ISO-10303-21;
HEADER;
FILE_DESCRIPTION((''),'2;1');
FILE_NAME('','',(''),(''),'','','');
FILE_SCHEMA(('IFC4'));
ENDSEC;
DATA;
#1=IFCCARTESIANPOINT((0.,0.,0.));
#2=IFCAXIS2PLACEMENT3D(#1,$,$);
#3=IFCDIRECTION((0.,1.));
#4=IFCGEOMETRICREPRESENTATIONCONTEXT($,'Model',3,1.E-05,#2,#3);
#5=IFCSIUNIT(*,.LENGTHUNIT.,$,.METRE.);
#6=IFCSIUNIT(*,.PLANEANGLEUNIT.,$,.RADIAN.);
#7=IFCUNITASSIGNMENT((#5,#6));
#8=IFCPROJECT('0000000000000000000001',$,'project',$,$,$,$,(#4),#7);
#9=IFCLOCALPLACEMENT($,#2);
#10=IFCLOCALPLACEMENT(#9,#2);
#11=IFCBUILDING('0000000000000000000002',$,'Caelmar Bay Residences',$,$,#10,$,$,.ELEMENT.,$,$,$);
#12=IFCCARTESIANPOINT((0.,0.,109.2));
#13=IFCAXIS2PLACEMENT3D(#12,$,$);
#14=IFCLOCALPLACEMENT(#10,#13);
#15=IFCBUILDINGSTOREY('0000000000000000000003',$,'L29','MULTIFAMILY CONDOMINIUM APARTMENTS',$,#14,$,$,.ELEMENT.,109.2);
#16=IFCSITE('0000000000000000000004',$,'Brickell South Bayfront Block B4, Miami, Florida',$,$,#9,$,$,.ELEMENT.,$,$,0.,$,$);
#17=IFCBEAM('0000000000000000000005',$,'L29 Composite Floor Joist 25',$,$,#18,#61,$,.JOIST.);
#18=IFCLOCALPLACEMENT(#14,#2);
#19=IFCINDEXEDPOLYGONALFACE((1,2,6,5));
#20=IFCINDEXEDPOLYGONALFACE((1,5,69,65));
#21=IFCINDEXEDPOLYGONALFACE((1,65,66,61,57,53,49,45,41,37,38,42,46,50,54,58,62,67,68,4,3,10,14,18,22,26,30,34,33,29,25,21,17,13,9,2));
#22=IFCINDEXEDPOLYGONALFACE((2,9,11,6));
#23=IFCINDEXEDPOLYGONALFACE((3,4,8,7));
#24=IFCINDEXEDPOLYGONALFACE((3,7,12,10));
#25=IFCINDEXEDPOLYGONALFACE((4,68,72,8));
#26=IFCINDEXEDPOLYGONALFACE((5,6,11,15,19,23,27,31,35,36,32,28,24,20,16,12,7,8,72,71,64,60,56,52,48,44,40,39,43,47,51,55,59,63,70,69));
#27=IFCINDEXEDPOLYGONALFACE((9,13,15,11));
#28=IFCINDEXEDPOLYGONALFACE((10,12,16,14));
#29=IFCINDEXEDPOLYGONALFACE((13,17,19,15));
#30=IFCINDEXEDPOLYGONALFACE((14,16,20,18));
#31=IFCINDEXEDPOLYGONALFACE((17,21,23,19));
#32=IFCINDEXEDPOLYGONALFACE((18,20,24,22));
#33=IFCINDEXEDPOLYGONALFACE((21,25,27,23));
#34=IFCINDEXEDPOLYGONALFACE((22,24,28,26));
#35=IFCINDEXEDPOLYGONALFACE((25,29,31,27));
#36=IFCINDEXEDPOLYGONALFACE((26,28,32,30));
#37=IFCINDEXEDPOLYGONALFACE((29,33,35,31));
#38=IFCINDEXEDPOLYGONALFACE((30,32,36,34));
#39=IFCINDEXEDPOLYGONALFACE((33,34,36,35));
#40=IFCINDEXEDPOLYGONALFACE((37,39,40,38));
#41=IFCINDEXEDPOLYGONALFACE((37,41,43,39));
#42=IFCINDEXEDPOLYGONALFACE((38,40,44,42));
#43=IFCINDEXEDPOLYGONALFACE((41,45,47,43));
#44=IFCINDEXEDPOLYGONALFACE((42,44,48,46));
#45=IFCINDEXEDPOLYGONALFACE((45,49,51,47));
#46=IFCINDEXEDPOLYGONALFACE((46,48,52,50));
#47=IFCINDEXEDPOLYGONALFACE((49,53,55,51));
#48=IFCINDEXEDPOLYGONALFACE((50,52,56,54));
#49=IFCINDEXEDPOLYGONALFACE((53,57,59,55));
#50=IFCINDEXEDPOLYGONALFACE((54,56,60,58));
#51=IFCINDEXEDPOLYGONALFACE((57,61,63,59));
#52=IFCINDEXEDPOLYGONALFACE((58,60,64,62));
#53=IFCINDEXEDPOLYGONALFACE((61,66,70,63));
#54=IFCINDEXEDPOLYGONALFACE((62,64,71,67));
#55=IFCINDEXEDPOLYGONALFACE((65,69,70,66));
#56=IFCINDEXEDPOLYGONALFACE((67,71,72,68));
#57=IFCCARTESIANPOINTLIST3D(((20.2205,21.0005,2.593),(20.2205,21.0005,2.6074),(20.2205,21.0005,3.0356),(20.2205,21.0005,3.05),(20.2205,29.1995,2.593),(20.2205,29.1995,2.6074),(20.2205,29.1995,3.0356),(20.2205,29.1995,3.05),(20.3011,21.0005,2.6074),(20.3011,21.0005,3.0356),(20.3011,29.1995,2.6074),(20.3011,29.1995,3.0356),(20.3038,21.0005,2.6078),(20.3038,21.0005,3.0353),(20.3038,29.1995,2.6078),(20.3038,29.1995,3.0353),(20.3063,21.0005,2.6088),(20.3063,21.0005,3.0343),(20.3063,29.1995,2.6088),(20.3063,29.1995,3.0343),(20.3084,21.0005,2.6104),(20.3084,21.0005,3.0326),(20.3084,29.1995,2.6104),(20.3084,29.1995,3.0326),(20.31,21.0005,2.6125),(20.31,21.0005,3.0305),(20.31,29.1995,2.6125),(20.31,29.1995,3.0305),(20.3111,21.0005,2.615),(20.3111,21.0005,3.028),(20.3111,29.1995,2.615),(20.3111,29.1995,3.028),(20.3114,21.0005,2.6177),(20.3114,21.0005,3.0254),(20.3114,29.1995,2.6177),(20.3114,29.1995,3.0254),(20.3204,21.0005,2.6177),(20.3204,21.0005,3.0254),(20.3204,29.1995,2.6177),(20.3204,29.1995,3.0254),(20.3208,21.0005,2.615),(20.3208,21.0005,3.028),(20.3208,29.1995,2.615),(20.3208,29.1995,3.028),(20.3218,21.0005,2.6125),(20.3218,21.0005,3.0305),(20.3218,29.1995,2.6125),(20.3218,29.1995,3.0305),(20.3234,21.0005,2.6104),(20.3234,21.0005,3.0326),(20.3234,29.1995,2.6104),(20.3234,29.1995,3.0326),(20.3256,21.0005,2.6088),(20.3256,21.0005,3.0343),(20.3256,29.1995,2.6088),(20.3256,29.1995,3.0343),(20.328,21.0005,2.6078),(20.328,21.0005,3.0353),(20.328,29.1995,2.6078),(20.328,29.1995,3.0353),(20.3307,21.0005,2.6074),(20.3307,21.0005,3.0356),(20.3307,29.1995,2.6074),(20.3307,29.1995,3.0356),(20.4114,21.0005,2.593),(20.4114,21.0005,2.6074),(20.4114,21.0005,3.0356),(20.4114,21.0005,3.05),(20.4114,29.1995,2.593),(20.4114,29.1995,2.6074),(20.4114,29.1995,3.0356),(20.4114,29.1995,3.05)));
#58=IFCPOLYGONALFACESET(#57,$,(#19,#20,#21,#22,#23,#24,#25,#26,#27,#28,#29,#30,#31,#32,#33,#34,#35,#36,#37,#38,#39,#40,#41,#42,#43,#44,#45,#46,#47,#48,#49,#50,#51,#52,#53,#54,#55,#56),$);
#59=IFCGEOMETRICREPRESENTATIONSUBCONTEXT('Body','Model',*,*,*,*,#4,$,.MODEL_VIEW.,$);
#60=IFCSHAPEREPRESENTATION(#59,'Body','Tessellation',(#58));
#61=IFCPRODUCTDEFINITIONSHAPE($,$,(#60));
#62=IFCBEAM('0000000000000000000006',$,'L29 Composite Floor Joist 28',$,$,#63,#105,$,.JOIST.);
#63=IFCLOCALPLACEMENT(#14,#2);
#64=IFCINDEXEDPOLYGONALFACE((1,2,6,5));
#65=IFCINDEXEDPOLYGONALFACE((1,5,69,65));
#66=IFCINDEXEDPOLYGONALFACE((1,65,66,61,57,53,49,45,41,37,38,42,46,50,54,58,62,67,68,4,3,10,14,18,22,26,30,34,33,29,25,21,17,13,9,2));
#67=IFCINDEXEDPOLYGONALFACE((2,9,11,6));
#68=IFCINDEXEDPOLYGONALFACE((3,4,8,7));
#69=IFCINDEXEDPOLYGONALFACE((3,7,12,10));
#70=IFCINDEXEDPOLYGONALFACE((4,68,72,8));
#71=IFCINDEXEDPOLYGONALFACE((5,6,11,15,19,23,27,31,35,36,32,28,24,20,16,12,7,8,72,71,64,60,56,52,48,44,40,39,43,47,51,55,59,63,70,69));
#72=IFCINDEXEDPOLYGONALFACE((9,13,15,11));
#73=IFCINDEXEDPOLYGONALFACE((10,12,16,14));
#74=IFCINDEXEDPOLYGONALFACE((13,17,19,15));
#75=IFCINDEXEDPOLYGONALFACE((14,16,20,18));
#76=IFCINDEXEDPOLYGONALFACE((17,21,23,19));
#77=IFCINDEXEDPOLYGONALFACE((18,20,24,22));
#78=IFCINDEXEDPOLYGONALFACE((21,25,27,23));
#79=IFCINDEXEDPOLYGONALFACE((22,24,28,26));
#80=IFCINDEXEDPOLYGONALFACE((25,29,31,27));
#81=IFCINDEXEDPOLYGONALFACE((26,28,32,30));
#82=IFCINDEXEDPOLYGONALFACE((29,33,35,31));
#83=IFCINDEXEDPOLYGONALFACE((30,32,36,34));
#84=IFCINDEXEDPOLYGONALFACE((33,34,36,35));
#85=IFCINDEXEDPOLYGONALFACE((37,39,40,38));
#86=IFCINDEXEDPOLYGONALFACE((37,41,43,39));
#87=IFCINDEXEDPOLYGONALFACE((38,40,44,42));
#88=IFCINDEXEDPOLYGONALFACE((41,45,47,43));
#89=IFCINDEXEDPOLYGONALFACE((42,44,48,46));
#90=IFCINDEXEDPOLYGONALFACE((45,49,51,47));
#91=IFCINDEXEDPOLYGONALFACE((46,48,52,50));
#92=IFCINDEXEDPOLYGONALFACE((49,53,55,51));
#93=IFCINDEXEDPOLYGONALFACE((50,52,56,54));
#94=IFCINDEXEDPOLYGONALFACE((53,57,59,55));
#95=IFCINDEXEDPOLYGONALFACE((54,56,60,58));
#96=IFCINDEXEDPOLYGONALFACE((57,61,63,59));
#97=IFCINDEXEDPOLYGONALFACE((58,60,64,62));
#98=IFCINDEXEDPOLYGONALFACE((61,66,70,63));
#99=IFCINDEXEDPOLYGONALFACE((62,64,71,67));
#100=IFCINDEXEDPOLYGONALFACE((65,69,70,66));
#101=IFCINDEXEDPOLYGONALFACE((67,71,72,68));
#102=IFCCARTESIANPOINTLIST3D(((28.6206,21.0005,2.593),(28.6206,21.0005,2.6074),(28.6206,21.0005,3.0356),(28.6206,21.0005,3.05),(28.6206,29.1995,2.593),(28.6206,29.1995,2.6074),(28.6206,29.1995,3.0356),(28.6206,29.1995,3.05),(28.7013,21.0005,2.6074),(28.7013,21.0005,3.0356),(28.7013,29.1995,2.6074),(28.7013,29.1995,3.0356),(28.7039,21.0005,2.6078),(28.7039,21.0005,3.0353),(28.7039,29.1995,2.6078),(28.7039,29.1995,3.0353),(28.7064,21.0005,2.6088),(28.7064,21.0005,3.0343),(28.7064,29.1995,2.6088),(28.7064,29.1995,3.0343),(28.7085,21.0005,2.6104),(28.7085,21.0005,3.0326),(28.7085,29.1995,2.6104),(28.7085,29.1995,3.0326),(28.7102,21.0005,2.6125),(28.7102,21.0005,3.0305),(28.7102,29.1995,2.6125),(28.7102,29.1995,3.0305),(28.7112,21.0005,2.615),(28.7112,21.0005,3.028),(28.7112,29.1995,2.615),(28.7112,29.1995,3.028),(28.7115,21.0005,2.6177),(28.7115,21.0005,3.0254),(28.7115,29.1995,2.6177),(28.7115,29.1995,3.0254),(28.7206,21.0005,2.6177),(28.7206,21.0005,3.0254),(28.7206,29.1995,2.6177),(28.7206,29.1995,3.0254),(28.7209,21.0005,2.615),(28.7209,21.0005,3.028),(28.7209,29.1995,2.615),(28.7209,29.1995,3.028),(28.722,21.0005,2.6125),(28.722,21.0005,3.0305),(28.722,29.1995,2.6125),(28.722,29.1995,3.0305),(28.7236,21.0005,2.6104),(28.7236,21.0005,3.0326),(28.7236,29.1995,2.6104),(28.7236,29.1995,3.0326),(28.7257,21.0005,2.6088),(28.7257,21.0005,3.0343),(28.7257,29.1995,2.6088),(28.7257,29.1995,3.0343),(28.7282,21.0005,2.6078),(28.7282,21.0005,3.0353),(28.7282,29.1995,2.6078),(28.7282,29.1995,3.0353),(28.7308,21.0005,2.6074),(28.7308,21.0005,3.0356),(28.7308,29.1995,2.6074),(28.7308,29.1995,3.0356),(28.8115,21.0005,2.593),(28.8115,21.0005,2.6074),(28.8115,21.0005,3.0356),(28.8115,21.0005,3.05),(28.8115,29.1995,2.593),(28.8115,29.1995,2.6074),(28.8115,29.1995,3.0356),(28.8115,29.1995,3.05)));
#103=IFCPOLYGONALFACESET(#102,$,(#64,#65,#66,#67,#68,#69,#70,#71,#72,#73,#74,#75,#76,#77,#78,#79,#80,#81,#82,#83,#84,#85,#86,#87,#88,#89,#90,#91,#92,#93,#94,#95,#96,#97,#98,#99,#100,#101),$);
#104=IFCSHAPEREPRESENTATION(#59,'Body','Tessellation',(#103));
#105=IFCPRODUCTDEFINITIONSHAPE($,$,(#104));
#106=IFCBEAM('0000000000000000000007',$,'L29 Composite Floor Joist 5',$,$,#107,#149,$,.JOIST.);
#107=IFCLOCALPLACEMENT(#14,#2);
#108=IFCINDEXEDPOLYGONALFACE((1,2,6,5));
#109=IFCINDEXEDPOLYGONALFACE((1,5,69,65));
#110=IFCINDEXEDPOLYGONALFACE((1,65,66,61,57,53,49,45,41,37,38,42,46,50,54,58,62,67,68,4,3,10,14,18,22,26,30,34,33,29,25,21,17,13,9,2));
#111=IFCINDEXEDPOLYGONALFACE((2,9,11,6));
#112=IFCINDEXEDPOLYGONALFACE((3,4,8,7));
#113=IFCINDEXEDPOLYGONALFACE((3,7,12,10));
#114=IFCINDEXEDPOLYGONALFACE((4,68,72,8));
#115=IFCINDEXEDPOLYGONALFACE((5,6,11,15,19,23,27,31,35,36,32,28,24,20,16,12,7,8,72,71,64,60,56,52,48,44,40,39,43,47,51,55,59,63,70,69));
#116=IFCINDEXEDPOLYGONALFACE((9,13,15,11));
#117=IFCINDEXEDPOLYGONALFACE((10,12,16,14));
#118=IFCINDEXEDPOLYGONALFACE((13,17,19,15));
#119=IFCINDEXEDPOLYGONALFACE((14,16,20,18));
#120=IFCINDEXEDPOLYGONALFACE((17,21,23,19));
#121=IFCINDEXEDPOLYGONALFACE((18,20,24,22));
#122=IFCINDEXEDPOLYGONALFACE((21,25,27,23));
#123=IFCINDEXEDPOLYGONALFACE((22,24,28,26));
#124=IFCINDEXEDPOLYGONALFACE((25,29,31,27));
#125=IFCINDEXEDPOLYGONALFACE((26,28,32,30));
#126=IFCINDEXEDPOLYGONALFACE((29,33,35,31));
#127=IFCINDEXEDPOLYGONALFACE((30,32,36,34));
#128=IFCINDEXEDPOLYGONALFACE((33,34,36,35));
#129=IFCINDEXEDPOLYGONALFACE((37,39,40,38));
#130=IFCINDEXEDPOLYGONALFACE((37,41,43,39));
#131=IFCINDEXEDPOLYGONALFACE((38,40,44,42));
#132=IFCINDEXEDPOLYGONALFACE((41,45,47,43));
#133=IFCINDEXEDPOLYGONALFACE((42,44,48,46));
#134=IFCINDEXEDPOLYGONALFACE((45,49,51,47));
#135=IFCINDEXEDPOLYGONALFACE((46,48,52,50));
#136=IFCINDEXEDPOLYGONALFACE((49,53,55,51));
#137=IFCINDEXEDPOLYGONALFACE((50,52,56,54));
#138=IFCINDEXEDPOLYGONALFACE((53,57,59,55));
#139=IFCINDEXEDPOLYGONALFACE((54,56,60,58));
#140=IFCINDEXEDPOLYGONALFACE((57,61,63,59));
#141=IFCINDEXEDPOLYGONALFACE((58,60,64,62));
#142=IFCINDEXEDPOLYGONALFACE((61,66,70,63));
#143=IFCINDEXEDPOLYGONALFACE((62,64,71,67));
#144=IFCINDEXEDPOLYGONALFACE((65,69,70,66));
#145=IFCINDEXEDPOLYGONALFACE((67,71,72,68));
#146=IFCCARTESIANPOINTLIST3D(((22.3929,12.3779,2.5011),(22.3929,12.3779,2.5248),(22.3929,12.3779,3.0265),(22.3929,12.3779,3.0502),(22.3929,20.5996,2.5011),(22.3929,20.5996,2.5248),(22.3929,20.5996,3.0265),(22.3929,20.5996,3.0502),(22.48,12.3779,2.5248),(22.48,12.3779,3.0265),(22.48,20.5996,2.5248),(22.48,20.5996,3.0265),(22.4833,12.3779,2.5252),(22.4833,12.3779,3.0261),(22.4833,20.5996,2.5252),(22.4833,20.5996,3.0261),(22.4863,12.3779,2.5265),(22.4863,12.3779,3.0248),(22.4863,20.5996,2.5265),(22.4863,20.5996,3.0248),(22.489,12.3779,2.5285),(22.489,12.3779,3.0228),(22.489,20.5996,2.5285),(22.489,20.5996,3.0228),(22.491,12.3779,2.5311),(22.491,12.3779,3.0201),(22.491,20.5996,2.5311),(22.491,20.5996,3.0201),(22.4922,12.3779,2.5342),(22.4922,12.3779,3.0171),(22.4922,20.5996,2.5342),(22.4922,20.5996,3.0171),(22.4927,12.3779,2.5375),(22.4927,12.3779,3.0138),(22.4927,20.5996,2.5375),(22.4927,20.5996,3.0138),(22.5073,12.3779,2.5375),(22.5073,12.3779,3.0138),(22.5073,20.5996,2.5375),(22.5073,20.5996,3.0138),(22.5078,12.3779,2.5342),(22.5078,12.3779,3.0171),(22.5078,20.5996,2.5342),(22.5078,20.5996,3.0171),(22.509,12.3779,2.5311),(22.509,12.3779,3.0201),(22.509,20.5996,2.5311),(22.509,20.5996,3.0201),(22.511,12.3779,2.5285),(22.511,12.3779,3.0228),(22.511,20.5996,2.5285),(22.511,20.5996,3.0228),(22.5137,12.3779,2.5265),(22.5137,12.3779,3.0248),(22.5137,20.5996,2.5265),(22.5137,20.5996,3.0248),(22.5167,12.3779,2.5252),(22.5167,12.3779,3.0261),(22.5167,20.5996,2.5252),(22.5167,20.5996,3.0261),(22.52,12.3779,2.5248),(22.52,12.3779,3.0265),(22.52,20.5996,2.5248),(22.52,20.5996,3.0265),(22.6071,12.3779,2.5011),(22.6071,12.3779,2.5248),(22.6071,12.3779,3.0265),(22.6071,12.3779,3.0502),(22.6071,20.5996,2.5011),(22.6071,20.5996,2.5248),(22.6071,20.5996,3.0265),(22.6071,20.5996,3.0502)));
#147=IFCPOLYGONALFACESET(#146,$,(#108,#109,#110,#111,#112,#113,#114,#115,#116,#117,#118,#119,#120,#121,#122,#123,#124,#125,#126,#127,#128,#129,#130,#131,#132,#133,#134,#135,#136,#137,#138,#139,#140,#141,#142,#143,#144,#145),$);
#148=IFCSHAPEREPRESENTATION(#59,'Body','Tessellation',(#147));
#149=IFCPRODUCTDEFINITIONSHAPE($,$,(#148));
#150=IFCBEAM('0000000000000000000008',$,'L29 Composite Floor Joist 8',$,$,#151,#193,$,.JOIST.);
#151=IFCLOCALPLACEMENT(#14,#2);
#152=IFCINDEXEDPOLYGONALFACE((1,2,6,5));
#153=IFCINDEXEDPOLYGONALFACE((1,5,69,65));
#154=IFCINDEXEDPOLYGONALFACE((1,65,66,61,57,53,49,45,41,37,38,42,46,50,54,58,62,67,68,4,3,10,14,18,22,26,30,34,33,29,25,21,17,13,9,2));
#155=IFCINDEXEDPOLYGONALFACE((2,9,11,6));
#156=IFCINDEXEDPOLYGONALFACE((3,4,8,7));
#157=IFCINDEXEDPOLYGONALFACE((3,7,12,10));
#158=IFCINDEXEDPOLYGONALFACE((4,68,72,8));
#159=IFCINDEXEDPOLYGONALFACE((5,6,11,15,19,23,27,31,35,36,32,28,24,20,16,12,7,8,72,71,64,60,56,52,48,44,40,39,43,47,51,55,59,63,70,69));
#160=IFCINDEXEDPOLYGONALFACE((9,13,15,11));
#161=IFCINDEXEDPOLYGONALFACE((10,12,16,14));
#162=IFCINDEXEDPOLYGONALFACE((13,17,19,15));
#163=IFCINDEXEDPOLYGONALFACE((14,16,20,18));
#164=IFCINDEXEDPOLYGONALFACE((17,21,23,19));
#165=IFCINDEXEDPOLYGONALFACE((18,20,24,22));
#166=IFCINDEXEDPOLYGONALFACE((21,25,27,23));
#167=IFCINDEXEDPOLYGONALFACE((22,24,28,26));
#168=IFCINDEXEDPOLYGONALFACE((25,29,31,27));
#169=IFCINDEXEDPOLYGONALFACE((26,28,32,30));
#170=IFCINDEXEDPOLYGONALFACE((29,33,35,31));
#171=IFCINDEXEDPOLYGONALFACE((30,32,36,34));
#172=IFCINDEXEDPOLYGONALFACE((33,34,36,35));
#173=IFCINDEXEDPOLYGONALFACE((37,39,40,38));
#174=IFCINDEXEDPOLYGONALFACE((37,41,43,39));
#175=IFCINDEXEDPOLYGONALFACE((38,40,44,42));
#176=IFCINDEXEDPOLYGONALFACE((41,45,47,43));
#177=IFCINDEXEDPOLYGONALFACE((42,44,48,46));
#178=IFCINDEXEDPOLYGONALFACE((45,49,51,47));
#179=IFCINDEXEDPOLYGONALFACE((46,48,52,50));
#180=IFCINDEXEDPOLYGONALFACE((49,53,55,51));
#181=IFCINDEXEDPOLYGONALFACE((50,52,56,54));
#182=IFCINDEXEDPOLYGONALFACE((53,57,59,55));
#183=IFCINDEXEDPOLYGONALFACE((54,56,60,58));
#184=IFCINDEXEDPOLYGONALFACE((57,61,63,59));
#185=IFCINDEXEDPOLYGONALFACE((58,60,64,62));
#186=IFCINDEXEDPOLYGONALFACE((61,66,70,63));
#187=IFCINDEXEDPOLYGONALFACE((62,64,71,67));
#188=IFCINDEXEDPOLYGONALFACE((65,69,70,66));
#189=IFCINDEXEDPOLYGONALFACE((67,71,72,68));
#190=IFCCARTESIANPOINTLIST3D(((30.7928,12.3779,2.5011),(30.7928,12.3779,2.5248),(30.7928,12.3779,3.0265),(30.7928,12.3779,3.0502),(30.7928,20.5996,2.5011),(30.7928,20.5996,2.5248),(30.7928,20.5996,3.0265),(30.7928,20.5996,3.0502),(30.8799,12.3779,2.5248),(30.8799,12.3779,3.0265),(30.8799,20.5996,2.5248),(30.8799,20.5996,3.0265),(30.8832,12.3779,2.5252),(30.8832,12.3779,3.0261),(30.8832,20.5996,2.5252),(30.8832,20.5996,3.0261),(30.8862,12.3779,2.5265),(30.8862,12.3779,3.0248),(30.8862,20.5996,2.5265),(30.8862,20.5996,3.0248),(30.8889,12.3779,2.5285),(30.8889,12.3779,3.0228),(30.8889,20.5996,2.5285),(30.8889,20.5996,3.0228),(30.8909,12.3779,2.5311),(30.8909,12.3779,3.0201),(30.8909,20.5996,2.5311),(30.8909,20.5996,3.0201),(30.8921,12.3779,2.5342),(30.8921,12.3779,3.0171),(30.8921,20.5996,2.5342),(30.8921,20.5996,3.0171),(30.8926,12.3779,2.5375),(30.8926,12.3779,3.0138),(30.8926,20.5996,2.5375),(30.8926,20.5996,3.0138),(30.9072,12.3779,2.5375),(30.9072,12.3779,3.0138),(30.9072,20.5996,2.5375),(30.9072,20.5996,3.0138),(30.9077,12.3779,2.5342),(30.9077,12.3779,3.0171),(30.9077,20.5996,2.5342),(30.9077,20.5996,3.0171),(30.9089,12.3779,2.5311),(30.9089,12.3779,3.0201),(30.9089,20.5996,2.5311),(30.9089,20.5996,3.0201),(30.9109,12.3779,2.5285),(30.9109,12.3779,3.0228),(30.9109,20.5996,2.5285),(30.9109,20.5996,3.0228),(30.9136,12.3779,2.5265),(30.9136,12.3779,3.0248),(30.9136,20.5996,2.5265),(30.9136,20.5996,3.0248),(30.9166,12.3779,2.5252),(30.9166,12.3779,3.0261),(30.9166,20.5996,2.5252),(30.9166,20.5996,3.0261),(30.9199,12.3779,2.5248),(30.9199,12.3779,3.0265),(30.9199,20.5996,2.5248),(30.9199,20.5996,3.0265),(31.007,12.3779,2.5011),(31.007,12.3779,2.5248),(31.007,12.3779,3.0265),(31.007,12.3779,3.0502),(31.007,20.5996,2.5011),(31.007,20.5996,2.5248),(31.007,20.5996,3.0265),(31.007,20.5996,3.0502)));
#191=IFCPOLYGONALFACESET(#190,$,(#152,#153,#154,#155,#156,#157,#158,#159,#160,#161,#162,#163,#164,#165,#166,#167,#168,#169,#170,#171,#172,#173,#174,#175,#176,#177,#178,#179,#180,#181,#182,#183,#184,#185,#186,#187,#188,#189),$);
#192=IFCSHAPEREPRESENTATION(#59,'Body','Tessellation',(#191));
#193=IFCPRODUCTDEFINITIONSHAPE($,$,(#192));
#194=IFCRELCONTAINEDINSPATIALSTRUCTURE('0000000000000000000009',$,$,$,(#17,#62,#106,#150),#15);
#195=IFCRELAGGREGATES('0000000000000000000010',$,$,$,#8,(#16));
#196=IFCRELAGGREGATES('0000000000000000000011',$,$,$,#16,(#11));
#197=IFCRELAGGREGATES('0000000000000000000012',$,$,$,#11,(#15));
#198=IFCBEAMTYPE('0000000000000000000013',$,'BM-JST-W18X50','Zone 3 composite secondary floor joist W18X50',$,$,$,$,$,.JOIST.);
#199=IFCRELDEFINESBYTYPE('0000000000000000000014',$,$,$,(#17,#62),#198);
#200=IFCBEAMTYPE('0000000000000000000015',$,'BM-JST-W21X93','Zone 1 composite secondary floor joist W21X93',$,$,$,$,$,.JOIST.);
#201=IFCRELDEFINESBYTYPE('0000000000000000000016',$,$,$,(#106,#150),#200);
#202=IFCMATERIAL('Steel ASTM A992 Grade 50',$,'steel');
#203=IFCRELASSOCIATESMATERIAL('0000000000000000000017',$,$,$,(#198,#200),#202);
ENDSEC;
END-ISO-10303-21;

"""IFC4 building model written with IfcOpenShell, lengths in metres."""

from ifc_helpers import new_model, si_unit, direction, frame, origin, origin_2d, place, context, subcontext, project, spatial, i_section, extrude, material, material_profile, profile_set, type_object, element, save


model = new_model("IFC4")

# Units and contexts
model_context = context("Model", 3, precision=1e-05, world=origin(), true_north=direction((0.0, 1.0)))
body_context = subcontext(model_context, "Body", "Model", "MODEL_VIEW")
ifc_project = project(units=[si_unit("LENGTHUNIT", "METRE"), si_unit("PLANEANGLEUNIT", "RADIAN")], contexts=[model_context])

# Site, building, storey
site_placement = place(None, origin())
site = spatial("IfcSite", under=ifc_project, at=site_placement, Name="Brickell South Bayfront Block B4, Miami, Florida", CompositionType="ELEMENT", RefElevation=0.0)
building_placement = place(site_placement, origin())
building = spatial("IfcBuilding", under=site, at=building_placement, Name="Caelmar Bay Residences", CompositionType="ELEMENT")
storey_placement = place(building_placement, frame((0.0, 0.0, 109.2)))
storey = spatial("IfcBuildingStorey", under=building, at=storey_placement, Name="L29", Description="MULTIFAMILY CONDOMINIUM APARTMENTS", CompositionType="ELEMENT", Elevation=109.2)

# Beams
ifc_material_1 = material(Name="Steel ASTM A992 Grade 50", Category="steel")
ifc_material_profile_1 = material_profile(ifc_material_1, i_section(OverallWidth=0.1909, OverallDepth=0.457, WebThickness=0.009, FlangeThickness=0.0144, FilletRadius=0.0103, at=origin_2d()), Name="W18X50")
ifc_profile_set_1 = profile_set([ifc_material_profile_1], Name="Steel ASTM A992 Grade 50")
beam_type_1 = type_object("IfcBeamType", Name="BM-JST-W18X50", Description="Zone 3 composite secondary floor joist W18X50", PredefinedType="JOIST", material=ifc_profile_set_1)
for number, where, z_axis, x_axis, name in (
    (1, (20.3159, 21.0005, 2.8215), (0.0, 1.0, 0.0), (-1.0, 0.0, 0.0), "L29 Composite Floor Joist 25"),
    (2, (28.7161, 21.0005, 2.8215), (0.0, 1.0, 0.0), (-1.0, 0.0, 0.0), "L29 Composite Floor Joist 28"),
):
    element("IfcBeam", number, at=place(storey_placement, frame(where, z_axis=z_axis, x_axis=x_axis)), inside=storey, type_object=beam_type_1, Name=name, PredefinedType="JOIST", context=body_context, shape_type="SweptSolid", body=[
        extrude(i_section(OverallWidth=0.1909, OverallDepth=0.457, WebThickness=0.009, FlangeThickness=0.0144, FilletRadius=0.0103, at=origin_2d()), origin(), (0.0, 0.0, 1.0), 8.199),
    ])
ifc_material_profile_2 = material_profile(ifc_material_1, i_section(OverallWidth=0.2141, OverallDepth=0.5491, WebThickness=0.0146, FlangeThickness=0.0237, FilletRadius=0.0127, at=origin_2d()), Name="W21X93")
ifc_profile_set_2 = profile_set([ifc_material_profile_2], Name="Steel ASTM A992 Grade 50")
beam_type_2 = type_object("IfcBeamType", Name="BM-JST-W21X93", Description="Zone 1 composite secondary floor joist W21X93", PredefinedType="JOIST", material=ifc_profile_set_2)
for number, where, z_axis, x_axis, name in (
    (3, (22.5, 12.3779, 2.7756), (0.0, 1.0, 0.0), (-1.0, 0.0, 0.0), "L29 Composite Floor Joist 5"),
    (4, (30.8999, 12.3779, 2.7756), (0.0, 1.0, 0.0), (-1.0, 0.0, 0.0), "L29 Composite Floor Joist 8"),
):
    element("IfcBeam", number, at=place(storey_placement, frame(where, z_axis=z_axis, x_axis=x_axis)), inside=storey, type_object=beam_type_2, Name=name, PredefinedType="JOIST", context=body_context, shape_type="SweptSolid", body=[
        extrude(i_section(OverallWidth=0.2141, OverallDepth=0.5491, WebThickness=0.0146, FlangeThickness=0.0237, FilletRadius=0.0127, at=origin_2d()), origin(), (0.0, 0.0, 1.0), 8.2217),
    ])

save(model, "model.ifc")
